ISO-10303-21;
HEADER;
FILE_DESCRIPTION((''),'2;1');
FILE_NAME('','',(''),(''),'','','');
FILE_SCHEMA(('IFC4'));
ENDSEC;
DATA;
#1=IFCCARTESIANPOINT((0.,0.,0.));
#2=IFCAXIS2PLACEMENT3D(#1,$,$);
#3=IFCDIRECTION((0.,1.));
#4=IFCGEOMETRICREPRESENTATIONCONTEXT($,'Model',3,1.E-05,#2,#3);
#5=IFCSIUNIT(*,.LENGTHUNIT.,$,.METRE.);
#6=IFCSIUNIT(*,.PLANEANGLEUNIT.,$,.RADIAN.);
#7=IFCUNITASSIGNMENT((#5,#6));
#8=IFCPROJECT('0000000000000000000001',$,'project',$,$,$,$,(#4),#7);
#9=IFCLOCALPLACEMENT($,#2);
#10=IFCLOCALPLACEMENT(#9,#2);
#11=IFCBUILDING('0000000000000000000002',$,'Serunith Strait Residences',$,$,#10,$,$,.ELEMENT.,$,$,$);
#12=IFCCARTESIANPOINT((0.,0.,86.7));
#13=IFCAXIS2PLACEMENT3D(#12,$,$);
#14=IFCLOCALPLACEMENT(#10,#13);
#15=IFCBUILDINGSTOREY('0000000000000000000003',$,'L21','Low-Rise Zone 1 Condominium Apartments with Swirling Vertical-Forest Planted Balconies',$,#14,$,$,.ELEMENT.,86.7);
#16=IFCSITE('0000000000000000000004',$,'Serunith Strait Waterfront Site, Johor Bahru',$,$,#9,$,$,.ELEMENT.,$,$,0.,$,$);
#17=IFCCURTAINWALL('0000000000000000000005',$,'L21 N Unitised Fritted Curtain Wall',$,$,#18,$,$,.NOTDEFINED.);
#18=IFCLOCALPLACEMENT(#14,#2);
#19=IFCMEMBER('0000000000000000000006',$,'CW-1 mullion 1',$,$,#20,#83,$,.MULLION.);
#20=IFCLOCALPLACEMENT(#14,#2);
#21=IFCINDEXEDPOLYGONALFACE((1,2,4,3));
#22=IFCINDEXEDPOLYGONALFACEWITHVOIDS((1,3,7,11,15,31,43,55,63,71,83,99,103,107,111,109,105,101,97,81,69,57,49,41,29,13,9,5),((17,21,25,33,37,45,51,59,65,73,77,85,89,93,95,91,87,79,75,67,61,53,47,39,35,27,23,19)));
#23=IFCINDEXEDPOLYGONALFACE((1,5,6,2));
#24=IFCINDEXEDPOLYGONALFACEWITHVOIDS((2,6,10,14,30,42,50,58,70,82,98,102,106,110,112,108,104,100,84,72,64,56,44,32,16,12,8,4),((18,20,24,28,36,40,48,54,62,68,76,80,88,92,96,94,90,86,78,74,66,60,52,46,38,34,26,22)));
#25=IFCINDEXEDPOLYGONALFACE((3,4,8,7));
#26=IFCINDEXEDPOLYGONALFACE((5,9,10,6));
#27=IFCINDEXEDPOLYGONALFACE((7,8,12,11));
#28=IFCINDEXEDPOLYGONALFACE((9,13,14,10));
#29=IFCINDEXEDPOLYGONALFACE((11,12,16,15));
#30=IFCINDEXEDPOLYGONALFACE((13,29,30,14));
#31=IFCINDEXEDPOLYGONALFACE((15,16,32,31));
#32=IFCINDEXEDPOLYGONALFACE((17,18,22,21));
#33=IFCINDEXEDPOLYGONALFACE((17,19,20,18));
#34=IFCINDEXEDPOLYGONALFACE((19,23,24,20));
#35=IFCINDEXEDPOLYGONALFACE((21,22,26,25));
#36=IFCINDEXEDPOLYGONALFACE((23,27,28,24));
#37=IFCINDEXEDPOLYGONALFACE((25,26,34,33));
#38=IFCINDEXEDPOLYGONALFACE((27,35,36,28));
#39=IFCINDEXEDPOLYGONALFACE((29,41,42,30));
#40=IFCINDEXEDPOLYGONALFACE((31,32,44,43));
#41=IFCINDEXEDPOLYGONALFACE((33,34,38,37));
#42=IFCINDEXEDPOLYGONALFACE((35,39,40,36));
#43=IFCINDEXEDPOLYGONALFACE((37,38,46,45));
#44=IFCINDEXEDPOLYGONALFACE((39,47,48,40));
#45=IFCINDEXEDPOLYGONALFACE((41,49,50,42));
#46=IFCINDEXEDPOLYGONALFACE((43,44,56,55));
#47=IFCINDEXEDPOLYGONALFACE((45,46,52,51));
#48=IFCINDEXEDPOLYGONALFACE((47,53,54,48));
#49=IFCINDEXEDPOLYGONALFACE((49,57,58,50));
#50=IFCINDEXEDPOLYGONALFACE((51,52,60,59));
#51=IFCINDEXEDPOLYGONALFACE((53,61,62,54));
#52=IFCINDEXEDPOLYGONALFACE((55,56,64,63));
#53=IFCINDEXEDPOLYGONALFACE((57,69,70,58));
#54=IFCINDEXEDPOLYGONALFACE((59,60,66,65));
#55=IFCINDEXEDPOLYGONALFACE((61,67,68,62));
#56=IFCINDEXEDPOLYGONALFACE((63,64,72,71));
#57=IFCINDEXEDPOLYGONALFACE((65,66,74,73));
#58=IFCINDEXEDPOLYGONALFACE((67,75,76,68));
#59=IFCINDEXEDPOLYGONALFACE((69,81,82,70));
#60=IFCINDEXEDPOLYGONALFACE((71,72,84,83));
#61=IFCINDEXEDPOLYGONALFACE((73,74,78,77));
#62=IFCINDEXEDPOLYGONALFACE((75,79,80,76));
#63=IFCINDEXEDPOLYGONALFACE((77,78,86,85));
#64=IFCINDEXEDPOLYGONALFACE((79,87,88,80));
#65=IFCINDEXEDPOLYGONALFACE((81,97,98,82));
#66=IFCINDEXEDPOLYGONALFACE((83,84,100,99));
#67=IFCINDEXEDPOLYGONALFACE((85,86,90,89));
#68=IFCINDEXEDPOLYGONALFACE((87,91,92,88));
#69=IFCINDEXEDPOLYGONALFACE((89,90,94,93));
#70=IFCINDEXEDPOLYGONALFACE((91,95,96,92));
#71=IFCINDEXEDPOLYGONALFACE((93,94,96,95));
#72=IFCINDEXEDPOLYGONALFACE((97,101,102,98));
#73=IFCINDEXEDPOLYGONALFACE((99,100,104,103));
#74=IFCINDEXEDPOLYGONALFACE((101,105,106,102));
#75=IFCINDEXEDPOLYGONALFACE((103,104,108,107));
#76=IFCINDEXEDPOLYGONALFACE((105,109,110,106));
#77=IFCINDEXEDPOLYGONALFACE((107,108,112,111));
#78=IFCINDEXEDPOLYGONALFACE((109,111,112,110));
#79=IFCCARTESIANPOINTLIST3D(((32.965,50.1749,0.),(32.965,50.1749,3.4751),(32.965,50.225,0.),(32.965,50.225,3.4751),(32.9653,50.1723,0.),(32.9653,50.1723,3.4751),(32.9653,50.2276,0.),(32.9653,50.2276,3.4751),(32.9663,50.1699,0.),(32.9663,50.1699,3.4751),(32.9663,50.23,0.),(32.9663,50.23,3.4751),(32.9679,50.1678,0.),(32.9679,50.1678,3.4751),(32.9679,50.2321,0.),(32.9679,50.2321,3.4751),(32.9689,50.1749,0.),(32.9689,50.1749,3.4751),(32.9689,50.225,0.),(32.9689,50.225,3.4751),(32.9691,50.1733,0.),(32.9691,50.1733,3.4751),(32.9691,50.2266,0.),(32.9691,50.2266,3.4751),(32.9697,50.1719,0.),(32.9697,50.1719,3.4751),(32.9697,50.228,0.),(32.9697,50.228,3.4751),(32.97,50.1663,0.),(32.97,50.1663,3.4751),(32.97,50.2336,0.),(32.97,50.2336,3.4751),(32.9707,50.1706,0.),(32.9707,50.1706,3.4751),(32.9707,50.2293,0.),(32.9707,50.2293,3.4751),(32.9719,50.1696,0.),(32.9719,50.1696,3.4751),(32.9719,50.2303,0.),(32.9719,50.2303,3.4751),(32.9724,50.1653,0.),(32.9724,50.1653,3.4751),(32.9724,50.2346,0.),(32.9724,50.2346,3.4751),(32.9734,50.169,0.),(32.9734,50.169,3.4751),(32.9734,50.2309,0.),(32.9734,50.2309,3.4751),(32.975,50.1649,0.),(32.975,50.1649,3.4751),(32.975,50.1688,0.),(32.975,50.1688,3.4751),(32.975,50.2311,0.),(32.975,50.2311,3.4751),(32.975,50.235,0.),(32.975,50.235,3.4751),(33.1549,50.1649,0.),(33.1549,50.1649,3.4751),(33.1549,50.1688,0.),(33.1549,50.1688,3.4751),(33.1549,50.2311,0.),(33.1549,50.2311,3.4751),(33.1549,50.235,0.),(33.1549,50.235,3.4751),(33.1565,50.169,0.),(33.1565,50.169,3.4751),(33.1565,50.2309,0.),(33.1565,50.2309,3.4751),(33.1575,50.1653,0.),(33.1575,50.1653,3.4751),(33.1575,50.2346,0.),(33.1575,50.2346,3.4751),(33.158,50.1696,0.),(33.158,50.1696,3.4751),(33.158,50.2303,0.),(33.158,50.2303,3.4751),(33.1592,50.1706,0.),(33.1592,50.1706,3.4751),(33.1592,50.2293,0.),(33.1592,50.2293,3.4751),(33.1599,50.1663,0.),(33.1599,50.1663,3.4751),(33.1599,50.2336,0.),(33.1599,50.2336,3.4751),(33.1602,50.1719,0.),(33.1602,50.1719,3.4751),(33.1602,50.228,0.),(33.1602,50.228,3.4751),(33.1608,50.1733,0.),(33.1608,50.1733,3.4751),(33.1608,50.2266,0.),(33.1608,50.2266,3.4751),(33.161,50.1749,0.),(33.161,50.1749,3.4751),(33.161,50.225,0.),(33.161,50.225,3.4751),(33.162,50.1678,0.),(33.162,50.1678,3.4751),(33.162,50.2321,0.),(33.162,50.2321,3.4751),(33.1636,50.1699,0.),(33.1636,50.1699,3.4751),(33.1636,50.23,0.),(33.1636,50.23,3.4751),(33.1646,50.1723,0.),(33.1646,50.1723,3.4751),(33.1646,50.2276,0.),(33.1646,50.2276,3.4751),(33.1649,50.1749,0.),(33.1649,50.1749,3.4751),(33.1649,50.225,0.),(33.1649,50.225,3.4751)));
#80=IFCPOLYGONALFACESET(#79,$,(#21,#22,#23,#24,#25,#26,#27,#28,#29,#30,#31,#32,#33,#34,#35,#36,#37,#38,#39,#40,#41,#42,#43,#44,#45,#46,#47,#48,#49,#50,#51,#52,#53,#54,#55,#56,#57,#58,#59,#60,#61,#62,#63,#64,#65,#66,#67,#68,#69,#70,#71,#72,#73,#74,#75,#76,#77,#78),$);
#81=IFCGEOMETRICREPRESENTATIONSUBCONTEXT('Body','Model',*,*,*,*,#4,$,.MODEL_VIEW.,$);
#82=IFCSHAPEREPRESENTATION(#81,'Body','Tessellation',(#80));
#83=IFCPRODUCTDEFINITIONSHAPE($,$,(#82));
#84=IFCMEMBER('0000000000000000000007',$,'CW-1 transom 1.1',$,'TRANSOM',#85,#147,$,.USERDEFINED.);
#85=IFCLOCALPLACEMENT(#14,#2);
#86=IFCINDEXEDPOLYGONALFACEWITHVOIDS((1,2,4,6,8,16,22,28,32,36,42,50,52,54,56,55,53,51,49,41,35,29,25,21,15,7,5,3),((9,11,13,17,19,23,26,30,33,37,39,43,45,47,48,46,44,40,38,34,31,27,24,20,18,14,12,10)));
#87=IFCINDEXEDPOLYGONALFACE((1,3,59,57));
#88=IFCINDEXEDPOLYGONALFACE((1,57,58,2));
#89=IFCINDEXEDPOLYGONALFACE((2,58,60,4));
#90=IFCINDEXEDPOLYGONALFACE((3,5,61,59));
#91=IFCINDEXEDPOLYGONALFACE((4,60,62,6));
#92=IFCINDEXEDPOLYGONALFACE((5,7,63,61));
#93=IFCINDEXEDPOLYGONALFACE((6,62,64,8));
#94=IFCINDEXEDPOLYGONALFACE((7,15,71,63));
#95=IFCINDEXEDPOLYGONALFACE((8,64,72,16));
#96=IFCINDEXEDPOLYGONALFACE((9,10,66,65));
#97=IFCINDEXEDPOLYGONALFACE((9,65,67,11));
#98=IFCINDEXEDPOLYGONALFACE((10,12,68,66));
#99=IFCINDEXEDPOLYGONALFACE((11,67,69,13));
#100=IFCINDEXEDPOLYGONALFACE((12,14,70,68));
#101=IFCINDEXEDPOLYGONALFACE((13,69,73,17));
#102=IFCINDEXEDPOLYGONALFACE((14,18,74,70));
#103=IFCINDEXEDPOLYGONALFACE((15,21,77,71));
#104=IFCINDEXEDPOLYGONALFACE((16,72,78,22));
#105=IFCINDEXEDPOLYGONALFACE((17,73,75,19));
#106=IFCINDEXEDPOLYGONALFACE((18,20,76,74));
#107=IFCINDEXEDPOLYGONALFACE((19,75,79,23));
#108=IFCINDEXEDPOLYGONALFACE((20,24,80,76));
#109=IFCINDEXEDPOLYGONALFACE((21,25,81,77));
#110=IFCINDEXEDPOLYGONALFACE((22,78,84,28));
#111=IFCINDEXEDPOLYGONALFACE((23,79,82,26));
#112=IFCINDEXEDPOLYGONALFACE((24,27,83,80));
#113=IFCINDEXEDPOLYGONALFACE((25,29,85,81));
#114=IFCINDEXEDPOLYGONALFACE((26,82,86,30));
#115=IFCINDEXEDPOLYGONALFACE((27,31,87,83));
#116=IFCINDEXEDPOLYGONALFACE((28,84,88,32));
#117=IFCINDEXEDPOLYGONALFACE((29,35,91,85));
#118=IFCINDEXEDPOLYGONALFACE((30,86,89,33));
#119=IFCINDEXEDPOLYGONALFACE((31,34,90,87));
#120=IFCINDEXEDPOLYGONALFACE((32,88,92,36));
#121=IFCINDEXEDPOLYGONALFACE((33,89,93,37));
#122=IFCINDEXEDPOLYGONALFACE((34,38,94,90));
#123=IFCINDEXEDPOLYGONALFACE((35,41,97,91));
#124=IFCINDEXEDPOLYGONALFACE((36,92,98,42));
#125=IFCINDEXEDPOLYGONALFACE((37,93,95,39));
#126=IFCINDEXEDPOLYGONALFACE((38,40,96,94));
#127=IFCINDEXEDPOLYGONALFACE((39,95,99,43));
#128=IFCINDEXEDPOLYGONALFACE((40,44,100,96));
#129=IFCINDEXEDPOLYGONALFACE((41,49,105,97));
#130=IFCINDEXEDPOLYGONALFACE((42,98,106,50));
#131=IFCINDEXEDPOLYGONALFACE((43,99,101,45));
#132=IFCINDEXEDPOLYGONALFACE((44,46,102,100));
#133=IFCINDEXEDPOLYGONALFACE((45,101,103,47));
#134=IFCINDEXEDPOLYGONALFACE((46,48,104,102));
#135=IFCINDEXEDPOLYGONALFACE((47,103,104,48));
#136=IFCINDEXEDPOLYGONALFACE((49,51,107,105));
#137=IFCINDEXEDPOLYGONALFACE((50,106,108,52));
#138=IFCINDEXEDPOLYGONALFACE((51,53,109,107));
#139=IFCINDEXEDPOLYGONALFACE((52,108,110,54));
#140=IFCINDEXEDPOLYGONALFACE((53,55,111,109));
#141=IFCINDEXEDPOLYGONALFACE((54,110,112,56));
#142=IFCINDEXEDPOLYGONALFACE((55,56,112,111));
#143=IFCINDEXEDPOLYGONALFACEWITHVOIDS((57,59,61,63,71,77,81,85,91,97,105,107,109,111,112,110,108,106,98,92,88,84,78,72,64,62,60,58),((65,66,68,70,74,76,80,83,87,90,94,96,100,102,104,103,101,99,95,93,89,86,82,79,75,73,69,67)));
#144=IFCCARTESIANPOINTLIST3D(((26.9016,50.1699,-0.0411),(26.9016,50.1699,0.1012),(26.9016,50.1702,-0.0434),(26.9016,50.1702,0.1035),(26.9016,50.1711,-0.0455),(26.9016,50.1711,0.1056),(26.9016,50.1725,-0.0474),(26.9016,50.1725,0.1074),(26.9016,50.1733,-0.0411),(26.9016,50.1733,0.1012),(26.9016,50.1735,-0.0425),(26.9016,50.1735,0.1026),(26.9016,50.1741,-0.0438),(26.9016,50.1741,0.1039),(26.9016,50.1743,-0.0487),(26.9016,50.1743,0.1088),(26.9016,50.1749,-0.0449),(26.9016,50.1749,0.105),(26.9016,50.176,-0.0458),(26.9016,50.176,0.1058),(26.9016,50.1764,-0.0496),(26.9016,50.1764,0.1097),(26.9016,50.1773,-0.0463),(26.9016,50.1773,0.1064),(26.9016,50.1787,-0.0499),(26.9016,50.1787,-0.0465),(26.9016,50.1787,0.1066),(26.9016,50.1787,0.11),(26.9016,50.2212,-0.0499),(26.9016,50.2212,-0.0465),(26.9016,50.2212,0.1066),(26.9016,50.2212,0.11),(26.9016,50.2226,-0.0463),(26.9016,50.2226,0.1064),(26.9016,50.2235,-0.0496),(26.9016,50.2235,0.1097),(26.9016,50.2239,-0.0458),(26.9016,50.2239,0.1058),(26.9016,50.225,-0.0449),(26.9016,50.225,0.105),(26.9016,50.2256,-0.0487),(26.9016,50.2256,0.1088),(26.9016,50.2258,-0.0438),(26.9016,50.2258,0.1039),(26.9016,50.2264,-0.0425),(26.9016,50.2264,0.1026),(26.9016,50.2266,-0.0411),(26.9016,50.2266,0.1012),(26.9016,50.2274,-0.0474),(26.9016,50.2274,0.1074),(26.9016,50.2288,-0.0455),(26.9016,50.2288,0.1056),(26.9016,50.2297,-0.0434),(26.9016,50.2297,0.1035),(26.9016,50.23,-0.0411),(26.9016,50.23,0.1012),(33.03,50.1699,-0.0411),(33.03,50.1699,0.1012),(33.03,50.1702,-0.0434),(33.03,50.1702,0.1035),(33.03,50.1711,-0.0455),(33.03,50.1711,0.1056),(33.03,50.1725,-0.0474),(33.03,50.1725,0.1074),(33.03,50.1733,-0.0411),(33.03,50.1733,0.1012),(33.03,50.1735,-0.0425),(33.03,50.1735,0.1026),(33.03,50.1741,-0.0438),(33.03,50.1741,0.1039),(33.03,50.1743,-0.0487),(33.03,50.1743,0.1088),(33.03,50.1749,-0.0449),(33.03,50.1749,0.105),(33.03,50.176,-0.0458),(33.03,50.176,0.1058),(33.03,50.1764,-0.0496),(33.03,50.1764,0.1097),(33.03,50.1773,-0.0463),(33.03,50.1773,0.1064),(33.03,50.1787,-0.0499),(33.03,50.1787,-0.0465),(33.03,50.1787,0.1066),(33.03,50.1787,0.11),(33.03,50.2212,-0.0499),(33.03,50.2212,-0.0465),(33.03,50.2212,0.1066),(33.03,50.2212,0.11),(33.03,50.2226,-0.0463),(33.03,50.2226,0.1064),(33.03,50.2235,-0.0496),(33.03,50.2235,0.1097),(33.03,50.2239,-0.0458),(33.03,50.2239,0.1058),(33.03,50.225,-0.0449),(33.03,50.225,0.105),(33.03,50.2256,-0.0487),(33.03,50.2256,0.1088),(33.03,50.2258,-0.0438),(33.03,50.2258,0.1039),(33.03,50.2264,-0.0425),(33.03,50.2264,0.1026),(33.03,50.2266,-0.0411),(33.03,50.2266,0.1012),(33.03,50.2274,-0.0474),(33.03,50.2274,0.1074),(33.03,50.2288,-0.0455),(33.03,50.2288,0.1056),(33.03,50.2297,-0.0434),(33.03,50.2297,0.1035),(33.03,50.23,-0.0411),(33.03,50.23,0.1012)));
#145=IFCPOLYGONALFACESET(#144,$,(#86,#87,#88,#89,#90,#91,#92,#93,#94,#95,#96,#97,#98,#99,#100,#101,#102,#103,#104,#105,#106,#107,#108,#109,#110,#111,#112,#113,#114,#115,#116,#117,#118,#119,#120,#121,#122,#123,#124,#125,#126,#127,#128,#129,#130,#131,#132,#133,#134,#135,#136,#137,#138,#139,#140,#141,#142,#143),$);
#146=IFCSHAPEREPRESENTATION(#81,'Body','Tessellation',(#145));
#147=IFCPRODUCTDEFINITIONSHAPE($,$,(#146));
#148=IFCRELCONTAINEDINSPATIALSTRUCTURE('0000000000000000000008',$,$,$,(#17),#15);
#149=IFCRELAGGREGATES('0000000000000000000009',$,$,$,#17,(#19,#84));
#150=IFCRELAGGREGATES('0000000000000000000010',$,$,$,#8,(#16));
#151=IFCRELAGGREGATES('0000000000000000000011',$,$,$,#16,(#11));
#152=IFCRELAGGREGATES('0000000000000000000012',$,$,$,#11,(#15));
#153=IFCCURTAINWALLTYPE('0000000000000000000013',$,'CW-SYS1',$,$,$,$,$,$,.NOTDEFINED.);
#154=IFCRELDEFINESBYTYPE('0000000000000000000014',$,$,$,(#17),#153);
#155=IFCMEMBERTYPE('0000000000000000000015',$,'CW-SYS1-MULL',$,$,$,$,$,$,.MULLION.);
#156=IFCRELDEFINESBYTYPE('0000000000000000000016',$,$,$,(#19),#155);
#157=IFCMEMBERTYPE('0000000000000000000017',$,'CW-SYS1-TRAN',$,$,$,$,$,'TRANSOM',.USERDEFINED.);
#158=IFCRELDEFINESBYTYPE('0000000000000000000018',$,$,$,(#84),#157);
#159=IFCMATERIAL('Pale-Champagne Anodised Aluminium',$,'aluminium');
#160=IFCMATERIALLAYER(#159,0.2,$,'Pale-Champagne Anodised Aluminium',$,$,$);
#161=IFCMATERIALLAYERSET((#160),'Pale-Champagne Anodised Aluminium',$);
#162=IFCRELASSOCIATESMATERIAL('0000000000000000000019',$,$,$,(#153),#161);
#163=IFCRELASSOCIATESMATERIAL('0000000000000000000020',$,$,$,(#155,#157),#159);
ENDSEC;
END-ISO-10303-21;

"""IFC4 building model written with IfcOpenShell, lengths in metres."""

from ifc_helpers import new_model, si_unit, direction, frame, origin, origin_2d, place, context, subcontext, project, spatial, hollow_rectangle, extrude, source, transform, mapped, material, layer, layer_set, material_profile, profile_set, type_object, element, aggregate, save


model = new_model("IFC4")

# Units and contexts
model_context = context("Model", 3, precision=1e-05, world=origin(), true_north=direction((0.0, 1.0)))
body_context = subcontext(model_context, "Body", "Model", "MODEL_VIEW")
ifc_project = project(units=[si_unit("LENGTHUNIT", "METRE"), si_unit("PLANEANGLEUNIT", "RADIAN")], contexts=[model_context])

# Site, building, storey
site_placement = place(None, origin())
site = spatial("IfcSite", under=ifc_project, at=site_placement, Name="Serunith Strait Waterfront Site, Johor Bahru", CompositionType="ELEMENT", RefElevation=0.0)
building_placement = place(site_placement, origin())
building = spatial("IfcBuilding", under=site, at=building_placement, Name="Serunith Strait Residences", CompositionType="ELEMENT")
storey_placement = place(building_placement, frame((0.0, 0.0, 86.7)))
storey = spatial("IfcBuildingStorey", under=building, at=storey_placement, Name="L21", Description="Low-Rise Zone 1 Condominium Apartments with Swirling Vertical-Forest Planted Balconies", CompositionType="ELEMENT", Elevation=86.7)

# Curtain wall, members
ifc_material_1 = material(Name="Pale-Champagne Anodised Aluminium", Category="aluminium")
ifc_layer_1 = layer(ifc_material_1, 0.2, Name="Pale-Champagne Anodised Aluminium")
ifc_layer_set_1 = layer_set([ifc_layer_1], Name="Pale-Champagne Anodised Aluminium")
curtain_wall_type = type_object("IfcCurtainWallType", Name="CW-SYS1", PredefinedType="NOTDEFINED", material=ifc_layer_set_1)
ifc_material_profile_1 = material_profile(ifc_material_1, hollow_rectangle(XDim=0.0701, YDim=0.2, WallThickness=0.0039, InnerFilletRadius=0.0061, OuterFilletRadius=0.01, at=origin_2d()), Name="ALU 200x70x4")
ifc_profile_set_1 = profile_set([ifc_material_profile_1], Name="Pale-Champagne Anodised Aluminium")
member_type_1 = type_object("IfcMemberType", Name="CW-SYS1-MULL", PredefinedType="MULLION", material=ifc_profile_set_1)
shared_shape_1 = source(origin(), body_context, "Body", "SweptSolid", [
    extrude(hollow_rectangle(XDim=0.0701, YDim=0.2, WallThickness=0.0039, InnerFilletRadius=0.0061, OuterFilletRadius=0.01, at=origin_2d()), origin(), (0.0, 0.0, 1.0), 3.4751),
])
curtain_wall_1_placement = place(storey_placement, origin())
curtain_wall_1 = element("IfcCurtainWall", 1, at=curtain_wall_1_placement, inside=storey, type_object=curtain_wall_type, Name="L21 N Unitised Fritted Curtain Wall", PredefinedType="NOTDEFINED")
member_1_placement = place(storey_placement, frame((33.0649, 50.2, 0.0), z_axis=(0.0, 0.0, 1.0), x_axis=(0.0, -1.0, 0.0)))
member_1 = element("IfcMember", 2, at=member_1_placement, type_object=member_type_1, Name="CW-1 mullion 1", PredefinedType="MULLION", context=body_context, shape_type="MappedRepresentation", body=[
    mapped(shared_shape_1, transform((0.0, 0.0, 0.0), scale=1.0)),
])
ifc_material_profile_2 = material_profile(ifc_material_1, hollow_rectangle(XDim=0.0601, YDim=0.1599, WallThickness=0.0034, InnerFilletRadius=0.0054, OuterFilletRadius=0.0088, at=origin_2d()), Name="ALU 160x60x3.5")
ifc_profile_set_2 = profile_set([ifc_material_profile_2], Name="Pale-Champagne Anodised Aluminium")
member_type_2 = type_object("IfcMemberType", Name="CW-SYS1-TRAN", ElementType="TRANSOM", PredefinedType="USERDEFINED", material=ifc_profile_set_2)
shared_shape_2 = source(origin(), body_context, "Body", "SweptSolid", [
    extrude(hollow_rectangle(XDim=0.0601, YDim=0.1599, WallThickness=0.0034, InnerFilletRadius=0.0054, OuterFilletRadius=0.0088, at=origin_2d()), origin(), (0.0, 0.0, 1.0), 6.1284),
])
member_2_placement = place(storey_placement, frame((33.03, 50.2, 0.03), z_axis=(-1.0, 0.0, 0.0), x_axis=(0.0, -1.0, 0.0)))
member_2 = element("IfcMember", 3, at=member_2_placement, type_object=member_type_2, Name="CW-1 transom 1.1", ObjectType="TRANSOM", PredefinedType="USERDEFINED", context=body_context, shape_type="MappedRepresentation", body=[
    mapped(shared_shape_2, transform((0.0, 0.0, 0.0), scale=1.0)),
])
aggregate(curtain_wall_1, [member_1, member_2])

save(model, "model.ifc")
